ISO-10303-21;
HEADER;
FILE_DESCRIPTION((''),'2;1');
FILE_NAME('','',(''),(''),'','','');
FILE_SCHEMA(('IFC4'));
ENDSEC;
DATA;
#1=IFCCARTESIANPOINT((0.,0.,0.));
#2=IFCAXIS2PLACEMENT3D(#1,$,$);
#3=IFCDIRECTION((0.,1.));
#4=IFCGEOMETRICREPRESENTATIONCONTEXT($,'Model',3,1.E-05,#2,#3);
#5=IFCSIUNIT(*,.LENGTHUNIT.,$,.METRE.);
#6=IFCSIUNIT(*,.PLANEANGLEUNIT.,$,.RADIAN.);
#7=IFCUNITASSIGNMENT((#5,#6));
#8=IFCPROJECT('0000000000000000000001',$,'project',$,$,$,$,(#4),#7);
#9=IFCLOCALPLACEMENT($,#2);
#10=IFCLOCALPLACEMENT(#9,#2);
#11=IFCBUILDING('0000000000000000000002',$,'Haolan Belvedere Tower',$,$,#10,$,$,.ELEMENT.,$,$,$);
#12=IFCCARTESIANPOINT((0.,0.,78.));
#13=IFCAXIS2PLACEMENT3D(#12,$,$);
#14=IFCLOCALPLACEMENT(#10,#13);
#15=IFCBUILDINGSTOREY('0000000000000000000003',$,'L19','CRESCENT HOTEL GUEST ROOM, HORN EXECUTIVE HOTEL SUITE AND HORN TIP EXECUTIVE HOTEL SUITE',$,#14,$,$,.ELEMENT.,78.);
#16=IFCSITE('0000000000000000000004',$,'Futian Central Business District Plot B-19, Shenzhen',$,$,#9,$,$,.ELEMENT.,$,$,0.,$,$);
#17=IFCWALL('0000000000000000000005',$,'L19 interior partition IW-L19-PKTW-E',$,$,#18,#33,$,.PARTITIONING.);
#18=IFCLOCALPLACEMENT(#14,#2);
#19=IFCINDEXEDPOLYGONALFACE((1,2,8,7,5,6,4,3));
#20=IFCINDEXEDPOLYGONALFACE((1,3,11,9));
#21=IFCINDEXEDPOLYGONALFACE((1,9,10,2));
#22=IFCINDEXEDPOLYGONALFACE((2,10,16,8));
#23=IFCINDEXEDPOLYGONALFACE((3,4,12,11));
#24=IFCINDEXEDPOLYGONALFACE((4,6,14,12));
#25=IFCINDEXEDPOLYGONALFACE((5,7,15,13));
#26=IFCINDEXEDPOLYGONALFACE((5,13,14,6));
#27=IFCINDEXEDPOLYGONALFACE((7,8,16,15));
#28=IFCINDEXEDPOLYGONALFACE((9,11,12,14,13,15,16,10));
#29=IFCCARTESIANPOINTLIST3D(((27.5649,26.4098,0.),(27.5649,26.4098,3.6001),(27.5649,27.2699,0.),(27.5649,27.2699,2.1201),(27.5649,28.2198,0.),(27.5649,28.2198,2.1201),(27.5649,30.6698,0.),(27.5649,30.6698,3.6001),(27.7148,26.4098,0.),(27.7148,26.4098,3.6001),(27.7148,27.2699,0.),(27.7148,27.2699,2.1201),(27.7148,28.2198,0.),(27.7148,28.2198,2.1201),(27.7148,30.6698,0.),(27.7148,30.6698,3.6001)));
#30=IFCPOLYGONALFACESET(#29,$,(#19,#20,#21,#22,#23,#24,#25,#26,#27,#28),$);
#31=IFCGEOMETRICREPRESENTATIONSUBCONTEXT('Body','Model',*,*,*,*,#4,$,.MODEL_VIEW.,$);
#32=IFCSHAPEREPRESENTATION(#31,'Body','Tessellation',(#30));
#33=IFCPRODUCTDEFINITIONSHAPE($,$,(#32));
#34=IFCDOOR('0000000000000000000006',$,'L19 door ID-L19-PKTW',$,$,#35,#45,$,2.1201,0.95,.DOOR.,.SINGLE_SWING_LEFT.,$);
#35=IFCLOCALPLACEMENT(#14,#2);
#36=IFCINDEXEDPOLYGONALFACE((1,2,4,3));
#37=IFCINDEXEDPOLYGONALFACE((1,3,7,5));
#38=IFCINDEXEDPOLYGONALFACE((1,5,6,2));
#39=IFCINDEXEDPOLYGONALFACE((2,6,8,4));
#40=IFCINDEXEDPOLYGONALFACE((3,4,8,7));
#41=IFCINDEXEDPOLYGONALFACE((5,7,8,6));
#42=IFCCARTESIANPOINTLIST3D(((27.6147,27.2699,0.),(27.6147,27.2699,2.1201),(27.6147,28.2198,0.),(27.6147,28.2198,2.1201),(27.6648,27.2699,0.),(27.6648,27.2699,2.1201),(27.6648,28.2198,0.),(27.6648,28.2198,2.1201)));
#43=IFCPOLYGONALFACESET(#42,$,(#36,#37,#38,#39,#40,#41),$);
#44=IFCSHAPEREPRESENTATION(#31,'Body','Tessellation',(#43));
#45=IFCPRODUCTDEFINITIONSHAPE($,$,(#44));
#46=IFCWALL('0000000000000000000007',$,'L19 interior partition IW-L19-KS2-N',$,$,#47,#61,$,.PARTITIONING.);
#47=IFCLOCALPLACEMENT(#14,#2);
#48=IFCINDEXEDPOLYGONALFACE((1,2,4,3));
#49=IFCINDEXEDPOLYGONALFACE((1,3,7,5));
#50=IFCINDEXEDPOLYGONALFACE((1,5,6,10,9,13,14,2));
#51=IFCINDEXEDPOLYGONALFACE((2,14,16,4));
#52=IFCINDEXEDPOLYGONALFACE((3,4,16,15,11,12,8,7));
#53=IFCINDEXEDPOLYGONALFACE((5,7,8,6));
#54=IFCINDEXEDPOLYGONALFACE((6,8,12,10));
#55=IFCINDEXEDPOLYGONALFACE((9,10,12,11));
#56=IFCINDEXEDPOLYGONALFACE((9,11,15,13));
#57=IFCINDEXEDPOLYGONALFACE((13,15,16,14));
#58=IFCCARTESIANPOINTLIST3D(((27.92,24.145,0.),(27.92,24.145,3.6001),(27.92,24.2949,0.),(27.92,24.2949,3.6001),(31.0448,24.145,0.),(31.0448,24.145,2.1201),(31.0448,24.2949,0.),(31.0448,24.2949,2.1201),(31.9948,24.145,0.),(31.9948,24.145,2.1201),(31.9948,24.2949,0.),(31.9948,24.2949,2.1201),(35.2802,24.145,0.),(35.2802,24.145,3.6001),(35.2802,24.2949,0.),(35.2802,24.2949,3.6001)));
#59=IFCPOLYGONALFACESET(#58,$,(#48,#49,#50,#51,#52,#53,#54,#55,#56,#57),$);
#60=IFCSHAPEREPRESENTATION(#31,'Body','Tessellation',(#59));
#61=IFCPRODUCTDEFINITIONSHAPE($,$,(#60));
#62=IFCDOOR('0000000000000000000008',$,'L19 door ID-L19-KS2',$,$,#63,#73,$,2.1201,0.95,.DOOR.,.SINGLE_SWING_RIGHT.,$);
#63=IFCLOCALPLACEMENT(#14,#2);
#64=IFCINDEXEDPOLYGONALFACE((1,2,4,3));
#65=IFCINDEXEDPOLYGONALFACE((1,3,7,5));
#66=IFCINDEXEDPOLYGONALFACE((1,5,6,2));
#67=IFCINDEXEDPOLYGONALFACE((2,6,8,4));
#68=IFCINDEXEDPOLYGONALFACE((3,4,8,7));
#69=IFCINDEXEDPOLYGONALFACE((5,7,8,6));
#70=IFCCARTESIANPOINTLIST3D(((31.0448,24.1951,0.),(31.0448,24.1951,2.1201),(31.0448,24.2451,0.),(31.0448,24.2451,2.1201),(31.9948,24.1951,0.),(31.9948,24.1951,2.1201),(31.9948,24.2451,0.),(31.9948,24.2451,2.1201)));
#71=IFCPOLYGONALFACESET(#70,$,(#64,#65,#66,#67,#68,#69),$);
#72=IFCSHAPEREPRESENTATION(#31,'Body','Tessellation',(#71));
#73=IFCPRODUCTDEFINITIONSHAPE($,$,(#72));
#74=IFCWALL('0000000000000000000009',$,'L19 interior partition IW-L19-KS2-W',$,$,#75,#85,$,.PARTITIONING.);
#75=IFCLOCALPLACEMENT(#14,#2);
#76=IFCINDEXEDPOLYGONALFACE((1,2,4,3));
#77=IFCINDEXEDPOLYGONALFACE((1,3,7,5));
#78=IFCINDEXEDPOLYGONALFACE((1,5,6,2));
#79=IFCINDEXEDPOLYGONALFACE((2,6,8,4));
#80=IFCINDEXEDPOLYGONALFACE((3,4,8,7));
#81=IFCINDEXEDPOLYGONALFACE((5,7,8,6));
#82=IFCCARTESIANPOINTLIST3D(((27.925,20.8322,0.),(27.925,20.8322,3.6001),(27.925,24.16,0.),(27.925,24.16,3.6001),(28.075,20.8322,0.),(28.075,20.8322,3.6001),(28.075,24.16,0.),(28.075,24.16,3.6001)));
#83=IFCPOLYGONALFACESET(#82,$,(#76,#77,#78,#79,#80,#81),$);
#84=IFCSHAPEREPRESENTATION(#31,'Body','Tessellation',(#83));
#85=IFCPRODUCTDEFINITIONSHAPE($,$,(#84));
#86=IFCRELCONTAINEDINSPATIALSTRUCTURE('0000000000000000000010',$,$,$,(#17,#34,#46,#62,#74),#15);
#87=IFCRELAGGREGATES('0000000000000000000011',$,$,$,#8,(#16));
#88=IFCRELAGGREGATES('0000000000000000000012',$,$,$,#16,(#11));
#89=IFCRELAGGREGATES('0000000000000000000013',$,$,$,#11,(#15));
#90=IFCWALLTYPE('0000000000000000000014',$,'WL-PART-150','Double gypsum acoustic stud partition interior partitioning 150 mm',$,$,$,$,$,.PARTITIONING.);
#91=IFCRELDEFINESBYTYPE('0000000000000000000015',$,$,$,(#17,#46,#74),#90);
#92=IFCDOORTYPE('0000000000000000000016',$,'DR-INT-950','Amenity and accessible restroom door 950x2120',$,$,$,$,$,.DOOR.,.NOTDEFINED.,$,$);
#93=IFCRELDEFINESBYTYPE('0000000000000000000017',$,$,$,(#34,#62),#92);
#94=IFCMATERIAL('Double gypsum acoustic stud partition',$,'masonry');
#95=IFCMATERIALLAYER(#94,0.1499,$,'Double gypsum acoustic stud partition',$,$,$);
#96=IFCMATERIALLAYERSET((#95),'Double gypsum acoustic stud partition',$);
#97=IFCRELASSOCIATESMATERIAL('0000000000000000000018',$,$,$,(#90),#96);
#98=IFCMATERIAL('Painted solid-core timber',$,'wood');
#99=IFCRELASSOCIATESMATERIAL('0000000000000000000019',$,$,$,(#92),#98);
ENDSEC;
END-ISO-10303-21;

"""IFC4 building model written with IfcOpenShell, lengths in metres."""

from ifc_helpers import new_model, si_unit, direction, frame, frame_2d, origin, place, context, subcontext, project, spatial, rectangle, extrude, material, layer, layer_set, type_object, element, fill, save


model = new_model("IFC4")

# Units and contexts
model_context = context("Model", 3, precision=1e-05, world=origin(), true_north=direction((0.0, 1.0)))
body_context = subcontext(model_context, "Body", "Model", "MODEL_VIEW")
ifc_project = project(units=[si_unit("LENGTHUNIT", "METRE"), si_unit("PLANEANGLEUNIT", "RADIAN")], contexts=[model_context])

# Site, building, storey
site_placement = place(None, origin())
site = spatial("IfcSite", under=ifc_project, at=site_placement, Name="Futian Central Business District Plot B-19, Shenzhen", CompositionType="ELEMENT", RefElevation=0.0)
building_placement = place(site_placement, origin())
building = spatial("IfcBuilding", under=site, at=building_placement, Name="Haolan Belvedere Tower", CompositionType="ELEMENT")
storey_placement = place(building_placement, frame((0.0, 0.0, 78.0)))
storey = spatial("IfcBuildingStorey", under=building, at=storey_placement, Name="L19", Description="CRESCENT HOTEL GUEST ROOM, HORN EXECUTIVE HOTEL SUITE AND HORN TIP EXECUTIVE HOTEL SUITE", CompositionType="ELEMENT", Elevation=78.0)

# Shared definitions
ifc_material_1 = material(Name="Double gypsum acoustic stud partition", Category="masonry")
ifc_layer_1 = layer(ifc_material_1, 0.1499, Name="Double gypsum acoustic stud partition")
ifc_layer_set_1 = layer_set([ifc_layer_1], Name="Double gypsum acoustic stud partition")
wall_type_1 = type_object("IfcWallType", Name="WL-PART-150", Description="Double gypsum acoustic stud partition interior partitioning 150 mm", PredefinedType="PARTITIONING", material=ifc_layer_set_1)

# Walls, openings, doors
wall_1_placement = place(storey_placement, frame((27.6399, 26.4099, 0.0), z_axis=(0.0, 0.0, 1.0), x_axis=(0.0, 1.0, 0.0)))
wall_1 = element("IfcWall", 1, at=wall_1_placement, inside=storey, type_object=wall_type_1, Name="L19 interior partition IW-L19-PKTW-E", PredefinedType="PARTITIONING", context=body_context, shape_type="SweptSolid", body=[
    extrude(rectangle(XDim=4.26, YDim=0.1499, at=frame_2d((2.1299, 0.0))), origin(), (0.0, 0.0, 1.0), 3.6001),
])
opening_1_placement = place(wall_1_placement, frame((1.8101, 0.0, 0.0), z_axis=(0.0, 0.0, 1.0), x_axis=(-1.0, 0.0, 0.0)))
opening_1 = element("IfcOpeningElement", 2, at=opening_1_placement, cuts=wall_1, PredefinedType="OPENING", context=body_context, shape_type="SweptSolid", body=[
    extrude(rectangle(XDim=0.95, YDim=2.1201, at=frame_2d((0.4751, 1.0601))), frame((0.0, 0.085, 0.0), z_axis=(0.0, -1.0, 0.0), x_axis=(1.0, 0.0, 0.0)), (0.0, 0.0, 1.0), 0.1699),
])
ifc_material_2 = material(Name="Painted solid-core timber", Category="wood")
door_type_1 = type_object("IfcDoorType", Name="DR-INT-950", Description="Amenity and accessible restroom door 950x2120", OperationType="NOTDEFINED", PredefinedType="DOOR", material=ifc_material_2)
door_1_placement = place(opening_1_placement, origin())
door_1 = element("IfcDoor", 3, at=door_1_placement, inside=storey, type_object=door_type_1, Name="L19 door ID-L19-PKTW", OperationType="SINGLE_SWING_LEFT", OverallHeight=2.1201, OverallWidth=0.95, PredefinedType="DOOR", context=body_context, shape_type="SweptSolid", body=[
    extrude(rectangle(XDim=0.95, YDim=2.1201, at=frame_2d((0.4751, 1.0601))), frame((0.0, 0.0249, 0.0), z_axis=(0.0, -1.0, 0.0), x_axis=(1.0, 0.0, 0.0)), (0.0, 0.0, 1.0), 0.05),
])
fill(opening_1, door_1)
wall_2_placement = place(storey_placement, frame((27.9199, 24.22, 0.0), z_axis=(0.0, 0.0, 1.0), x_axis=(1.0, 0.0, 0.0)))
wall_2 = element("IfcWall", 4, at=wall_2_placement, inside=storey, type_object=wall_type_1, Name="L19 interior partition IW-L19-KS2-N", PredefinedType="PARTITIONING", context=body_context, shape_type="SweptSolid", body=[
    extrude(rectangle(XDim=7.3601, YDim=0.1499, at=frame_2d((3.6802, 0.0))), origin(), (0.0, 0.0, 1.0), 3.6001),
])
opening_2_placement = place(wall_2_placement, frame((4.075, 0.0, 0.0), z_axis=(0.0, 0.0, 1.0), x_axis=(-1.0, 0.0, 0.0)))
opening_2 = element("IfcOpeningElement", 5, at=opening_2_placement, cuts=wall_2, PredefinedType="OPENING", context=body_context, shape_type="SweptSolid", body=[
    extrude(rectangle(XDim=0.95, YDim=2.1201, at=frame_2d((0.4751, 1.0601))), frame((0.0, 0.085, 0.0), z_axis=(0.0, -1.0, 0.0), x_axis=(1.0, 0.0, 0.0)), (0.0, 0.0, 1.0), 0.1699),
])
door_2_placement = place(opening_2_placement, origin())
door_2 = element("IfcDoor", 6, at=door_2_placement, inside=storey, type_object=door_type_1, Name="L19 door ID-L19-KS2", OperationType="SINGLE_SWING_RIGHT", OverallHeight=2.1201, OverallWidth=0.95, PredefinedType="DOOR", context=body_context, shape_type="SweptSolid", body=[
    extrude(rectangle(XDim=0.95, YDim=2.1201, at=frame_2d((0.4751, 1.0601))), frame((0.0, 0.0249, 0.0), z_axis=(0.0, -1.0, 0.0), x_axis=(1.0, 0.0, 0.0)), (0.0, 0.0, 1.0), 0.05),
])
fill(opening_2, door_2)

# Wall
wall_3_placement = place(storey_placement, frame((28.0, 20.832, 0.0), z_axis=(0.0, 0.0, 1.0), x_axis=(0.0, 1.0, 0.0)))
element("IfcWall", 7, at=wall_3_placement, inside=storey, type_object=wall_type_1, Name="L19 interior partition IW-L19-KS2-W", PredefinedType="PARTITIONING", context=body_context, shape_type="SweptSolid", body=[
    extrude(rectangle(XDim=3.3279, YDim=0.1499, at=frame_2d((1.6641, 0.0))), origin(), (0.0, 0.0, 1.0), 3.6001),
])

save(model, "model.ifc")
